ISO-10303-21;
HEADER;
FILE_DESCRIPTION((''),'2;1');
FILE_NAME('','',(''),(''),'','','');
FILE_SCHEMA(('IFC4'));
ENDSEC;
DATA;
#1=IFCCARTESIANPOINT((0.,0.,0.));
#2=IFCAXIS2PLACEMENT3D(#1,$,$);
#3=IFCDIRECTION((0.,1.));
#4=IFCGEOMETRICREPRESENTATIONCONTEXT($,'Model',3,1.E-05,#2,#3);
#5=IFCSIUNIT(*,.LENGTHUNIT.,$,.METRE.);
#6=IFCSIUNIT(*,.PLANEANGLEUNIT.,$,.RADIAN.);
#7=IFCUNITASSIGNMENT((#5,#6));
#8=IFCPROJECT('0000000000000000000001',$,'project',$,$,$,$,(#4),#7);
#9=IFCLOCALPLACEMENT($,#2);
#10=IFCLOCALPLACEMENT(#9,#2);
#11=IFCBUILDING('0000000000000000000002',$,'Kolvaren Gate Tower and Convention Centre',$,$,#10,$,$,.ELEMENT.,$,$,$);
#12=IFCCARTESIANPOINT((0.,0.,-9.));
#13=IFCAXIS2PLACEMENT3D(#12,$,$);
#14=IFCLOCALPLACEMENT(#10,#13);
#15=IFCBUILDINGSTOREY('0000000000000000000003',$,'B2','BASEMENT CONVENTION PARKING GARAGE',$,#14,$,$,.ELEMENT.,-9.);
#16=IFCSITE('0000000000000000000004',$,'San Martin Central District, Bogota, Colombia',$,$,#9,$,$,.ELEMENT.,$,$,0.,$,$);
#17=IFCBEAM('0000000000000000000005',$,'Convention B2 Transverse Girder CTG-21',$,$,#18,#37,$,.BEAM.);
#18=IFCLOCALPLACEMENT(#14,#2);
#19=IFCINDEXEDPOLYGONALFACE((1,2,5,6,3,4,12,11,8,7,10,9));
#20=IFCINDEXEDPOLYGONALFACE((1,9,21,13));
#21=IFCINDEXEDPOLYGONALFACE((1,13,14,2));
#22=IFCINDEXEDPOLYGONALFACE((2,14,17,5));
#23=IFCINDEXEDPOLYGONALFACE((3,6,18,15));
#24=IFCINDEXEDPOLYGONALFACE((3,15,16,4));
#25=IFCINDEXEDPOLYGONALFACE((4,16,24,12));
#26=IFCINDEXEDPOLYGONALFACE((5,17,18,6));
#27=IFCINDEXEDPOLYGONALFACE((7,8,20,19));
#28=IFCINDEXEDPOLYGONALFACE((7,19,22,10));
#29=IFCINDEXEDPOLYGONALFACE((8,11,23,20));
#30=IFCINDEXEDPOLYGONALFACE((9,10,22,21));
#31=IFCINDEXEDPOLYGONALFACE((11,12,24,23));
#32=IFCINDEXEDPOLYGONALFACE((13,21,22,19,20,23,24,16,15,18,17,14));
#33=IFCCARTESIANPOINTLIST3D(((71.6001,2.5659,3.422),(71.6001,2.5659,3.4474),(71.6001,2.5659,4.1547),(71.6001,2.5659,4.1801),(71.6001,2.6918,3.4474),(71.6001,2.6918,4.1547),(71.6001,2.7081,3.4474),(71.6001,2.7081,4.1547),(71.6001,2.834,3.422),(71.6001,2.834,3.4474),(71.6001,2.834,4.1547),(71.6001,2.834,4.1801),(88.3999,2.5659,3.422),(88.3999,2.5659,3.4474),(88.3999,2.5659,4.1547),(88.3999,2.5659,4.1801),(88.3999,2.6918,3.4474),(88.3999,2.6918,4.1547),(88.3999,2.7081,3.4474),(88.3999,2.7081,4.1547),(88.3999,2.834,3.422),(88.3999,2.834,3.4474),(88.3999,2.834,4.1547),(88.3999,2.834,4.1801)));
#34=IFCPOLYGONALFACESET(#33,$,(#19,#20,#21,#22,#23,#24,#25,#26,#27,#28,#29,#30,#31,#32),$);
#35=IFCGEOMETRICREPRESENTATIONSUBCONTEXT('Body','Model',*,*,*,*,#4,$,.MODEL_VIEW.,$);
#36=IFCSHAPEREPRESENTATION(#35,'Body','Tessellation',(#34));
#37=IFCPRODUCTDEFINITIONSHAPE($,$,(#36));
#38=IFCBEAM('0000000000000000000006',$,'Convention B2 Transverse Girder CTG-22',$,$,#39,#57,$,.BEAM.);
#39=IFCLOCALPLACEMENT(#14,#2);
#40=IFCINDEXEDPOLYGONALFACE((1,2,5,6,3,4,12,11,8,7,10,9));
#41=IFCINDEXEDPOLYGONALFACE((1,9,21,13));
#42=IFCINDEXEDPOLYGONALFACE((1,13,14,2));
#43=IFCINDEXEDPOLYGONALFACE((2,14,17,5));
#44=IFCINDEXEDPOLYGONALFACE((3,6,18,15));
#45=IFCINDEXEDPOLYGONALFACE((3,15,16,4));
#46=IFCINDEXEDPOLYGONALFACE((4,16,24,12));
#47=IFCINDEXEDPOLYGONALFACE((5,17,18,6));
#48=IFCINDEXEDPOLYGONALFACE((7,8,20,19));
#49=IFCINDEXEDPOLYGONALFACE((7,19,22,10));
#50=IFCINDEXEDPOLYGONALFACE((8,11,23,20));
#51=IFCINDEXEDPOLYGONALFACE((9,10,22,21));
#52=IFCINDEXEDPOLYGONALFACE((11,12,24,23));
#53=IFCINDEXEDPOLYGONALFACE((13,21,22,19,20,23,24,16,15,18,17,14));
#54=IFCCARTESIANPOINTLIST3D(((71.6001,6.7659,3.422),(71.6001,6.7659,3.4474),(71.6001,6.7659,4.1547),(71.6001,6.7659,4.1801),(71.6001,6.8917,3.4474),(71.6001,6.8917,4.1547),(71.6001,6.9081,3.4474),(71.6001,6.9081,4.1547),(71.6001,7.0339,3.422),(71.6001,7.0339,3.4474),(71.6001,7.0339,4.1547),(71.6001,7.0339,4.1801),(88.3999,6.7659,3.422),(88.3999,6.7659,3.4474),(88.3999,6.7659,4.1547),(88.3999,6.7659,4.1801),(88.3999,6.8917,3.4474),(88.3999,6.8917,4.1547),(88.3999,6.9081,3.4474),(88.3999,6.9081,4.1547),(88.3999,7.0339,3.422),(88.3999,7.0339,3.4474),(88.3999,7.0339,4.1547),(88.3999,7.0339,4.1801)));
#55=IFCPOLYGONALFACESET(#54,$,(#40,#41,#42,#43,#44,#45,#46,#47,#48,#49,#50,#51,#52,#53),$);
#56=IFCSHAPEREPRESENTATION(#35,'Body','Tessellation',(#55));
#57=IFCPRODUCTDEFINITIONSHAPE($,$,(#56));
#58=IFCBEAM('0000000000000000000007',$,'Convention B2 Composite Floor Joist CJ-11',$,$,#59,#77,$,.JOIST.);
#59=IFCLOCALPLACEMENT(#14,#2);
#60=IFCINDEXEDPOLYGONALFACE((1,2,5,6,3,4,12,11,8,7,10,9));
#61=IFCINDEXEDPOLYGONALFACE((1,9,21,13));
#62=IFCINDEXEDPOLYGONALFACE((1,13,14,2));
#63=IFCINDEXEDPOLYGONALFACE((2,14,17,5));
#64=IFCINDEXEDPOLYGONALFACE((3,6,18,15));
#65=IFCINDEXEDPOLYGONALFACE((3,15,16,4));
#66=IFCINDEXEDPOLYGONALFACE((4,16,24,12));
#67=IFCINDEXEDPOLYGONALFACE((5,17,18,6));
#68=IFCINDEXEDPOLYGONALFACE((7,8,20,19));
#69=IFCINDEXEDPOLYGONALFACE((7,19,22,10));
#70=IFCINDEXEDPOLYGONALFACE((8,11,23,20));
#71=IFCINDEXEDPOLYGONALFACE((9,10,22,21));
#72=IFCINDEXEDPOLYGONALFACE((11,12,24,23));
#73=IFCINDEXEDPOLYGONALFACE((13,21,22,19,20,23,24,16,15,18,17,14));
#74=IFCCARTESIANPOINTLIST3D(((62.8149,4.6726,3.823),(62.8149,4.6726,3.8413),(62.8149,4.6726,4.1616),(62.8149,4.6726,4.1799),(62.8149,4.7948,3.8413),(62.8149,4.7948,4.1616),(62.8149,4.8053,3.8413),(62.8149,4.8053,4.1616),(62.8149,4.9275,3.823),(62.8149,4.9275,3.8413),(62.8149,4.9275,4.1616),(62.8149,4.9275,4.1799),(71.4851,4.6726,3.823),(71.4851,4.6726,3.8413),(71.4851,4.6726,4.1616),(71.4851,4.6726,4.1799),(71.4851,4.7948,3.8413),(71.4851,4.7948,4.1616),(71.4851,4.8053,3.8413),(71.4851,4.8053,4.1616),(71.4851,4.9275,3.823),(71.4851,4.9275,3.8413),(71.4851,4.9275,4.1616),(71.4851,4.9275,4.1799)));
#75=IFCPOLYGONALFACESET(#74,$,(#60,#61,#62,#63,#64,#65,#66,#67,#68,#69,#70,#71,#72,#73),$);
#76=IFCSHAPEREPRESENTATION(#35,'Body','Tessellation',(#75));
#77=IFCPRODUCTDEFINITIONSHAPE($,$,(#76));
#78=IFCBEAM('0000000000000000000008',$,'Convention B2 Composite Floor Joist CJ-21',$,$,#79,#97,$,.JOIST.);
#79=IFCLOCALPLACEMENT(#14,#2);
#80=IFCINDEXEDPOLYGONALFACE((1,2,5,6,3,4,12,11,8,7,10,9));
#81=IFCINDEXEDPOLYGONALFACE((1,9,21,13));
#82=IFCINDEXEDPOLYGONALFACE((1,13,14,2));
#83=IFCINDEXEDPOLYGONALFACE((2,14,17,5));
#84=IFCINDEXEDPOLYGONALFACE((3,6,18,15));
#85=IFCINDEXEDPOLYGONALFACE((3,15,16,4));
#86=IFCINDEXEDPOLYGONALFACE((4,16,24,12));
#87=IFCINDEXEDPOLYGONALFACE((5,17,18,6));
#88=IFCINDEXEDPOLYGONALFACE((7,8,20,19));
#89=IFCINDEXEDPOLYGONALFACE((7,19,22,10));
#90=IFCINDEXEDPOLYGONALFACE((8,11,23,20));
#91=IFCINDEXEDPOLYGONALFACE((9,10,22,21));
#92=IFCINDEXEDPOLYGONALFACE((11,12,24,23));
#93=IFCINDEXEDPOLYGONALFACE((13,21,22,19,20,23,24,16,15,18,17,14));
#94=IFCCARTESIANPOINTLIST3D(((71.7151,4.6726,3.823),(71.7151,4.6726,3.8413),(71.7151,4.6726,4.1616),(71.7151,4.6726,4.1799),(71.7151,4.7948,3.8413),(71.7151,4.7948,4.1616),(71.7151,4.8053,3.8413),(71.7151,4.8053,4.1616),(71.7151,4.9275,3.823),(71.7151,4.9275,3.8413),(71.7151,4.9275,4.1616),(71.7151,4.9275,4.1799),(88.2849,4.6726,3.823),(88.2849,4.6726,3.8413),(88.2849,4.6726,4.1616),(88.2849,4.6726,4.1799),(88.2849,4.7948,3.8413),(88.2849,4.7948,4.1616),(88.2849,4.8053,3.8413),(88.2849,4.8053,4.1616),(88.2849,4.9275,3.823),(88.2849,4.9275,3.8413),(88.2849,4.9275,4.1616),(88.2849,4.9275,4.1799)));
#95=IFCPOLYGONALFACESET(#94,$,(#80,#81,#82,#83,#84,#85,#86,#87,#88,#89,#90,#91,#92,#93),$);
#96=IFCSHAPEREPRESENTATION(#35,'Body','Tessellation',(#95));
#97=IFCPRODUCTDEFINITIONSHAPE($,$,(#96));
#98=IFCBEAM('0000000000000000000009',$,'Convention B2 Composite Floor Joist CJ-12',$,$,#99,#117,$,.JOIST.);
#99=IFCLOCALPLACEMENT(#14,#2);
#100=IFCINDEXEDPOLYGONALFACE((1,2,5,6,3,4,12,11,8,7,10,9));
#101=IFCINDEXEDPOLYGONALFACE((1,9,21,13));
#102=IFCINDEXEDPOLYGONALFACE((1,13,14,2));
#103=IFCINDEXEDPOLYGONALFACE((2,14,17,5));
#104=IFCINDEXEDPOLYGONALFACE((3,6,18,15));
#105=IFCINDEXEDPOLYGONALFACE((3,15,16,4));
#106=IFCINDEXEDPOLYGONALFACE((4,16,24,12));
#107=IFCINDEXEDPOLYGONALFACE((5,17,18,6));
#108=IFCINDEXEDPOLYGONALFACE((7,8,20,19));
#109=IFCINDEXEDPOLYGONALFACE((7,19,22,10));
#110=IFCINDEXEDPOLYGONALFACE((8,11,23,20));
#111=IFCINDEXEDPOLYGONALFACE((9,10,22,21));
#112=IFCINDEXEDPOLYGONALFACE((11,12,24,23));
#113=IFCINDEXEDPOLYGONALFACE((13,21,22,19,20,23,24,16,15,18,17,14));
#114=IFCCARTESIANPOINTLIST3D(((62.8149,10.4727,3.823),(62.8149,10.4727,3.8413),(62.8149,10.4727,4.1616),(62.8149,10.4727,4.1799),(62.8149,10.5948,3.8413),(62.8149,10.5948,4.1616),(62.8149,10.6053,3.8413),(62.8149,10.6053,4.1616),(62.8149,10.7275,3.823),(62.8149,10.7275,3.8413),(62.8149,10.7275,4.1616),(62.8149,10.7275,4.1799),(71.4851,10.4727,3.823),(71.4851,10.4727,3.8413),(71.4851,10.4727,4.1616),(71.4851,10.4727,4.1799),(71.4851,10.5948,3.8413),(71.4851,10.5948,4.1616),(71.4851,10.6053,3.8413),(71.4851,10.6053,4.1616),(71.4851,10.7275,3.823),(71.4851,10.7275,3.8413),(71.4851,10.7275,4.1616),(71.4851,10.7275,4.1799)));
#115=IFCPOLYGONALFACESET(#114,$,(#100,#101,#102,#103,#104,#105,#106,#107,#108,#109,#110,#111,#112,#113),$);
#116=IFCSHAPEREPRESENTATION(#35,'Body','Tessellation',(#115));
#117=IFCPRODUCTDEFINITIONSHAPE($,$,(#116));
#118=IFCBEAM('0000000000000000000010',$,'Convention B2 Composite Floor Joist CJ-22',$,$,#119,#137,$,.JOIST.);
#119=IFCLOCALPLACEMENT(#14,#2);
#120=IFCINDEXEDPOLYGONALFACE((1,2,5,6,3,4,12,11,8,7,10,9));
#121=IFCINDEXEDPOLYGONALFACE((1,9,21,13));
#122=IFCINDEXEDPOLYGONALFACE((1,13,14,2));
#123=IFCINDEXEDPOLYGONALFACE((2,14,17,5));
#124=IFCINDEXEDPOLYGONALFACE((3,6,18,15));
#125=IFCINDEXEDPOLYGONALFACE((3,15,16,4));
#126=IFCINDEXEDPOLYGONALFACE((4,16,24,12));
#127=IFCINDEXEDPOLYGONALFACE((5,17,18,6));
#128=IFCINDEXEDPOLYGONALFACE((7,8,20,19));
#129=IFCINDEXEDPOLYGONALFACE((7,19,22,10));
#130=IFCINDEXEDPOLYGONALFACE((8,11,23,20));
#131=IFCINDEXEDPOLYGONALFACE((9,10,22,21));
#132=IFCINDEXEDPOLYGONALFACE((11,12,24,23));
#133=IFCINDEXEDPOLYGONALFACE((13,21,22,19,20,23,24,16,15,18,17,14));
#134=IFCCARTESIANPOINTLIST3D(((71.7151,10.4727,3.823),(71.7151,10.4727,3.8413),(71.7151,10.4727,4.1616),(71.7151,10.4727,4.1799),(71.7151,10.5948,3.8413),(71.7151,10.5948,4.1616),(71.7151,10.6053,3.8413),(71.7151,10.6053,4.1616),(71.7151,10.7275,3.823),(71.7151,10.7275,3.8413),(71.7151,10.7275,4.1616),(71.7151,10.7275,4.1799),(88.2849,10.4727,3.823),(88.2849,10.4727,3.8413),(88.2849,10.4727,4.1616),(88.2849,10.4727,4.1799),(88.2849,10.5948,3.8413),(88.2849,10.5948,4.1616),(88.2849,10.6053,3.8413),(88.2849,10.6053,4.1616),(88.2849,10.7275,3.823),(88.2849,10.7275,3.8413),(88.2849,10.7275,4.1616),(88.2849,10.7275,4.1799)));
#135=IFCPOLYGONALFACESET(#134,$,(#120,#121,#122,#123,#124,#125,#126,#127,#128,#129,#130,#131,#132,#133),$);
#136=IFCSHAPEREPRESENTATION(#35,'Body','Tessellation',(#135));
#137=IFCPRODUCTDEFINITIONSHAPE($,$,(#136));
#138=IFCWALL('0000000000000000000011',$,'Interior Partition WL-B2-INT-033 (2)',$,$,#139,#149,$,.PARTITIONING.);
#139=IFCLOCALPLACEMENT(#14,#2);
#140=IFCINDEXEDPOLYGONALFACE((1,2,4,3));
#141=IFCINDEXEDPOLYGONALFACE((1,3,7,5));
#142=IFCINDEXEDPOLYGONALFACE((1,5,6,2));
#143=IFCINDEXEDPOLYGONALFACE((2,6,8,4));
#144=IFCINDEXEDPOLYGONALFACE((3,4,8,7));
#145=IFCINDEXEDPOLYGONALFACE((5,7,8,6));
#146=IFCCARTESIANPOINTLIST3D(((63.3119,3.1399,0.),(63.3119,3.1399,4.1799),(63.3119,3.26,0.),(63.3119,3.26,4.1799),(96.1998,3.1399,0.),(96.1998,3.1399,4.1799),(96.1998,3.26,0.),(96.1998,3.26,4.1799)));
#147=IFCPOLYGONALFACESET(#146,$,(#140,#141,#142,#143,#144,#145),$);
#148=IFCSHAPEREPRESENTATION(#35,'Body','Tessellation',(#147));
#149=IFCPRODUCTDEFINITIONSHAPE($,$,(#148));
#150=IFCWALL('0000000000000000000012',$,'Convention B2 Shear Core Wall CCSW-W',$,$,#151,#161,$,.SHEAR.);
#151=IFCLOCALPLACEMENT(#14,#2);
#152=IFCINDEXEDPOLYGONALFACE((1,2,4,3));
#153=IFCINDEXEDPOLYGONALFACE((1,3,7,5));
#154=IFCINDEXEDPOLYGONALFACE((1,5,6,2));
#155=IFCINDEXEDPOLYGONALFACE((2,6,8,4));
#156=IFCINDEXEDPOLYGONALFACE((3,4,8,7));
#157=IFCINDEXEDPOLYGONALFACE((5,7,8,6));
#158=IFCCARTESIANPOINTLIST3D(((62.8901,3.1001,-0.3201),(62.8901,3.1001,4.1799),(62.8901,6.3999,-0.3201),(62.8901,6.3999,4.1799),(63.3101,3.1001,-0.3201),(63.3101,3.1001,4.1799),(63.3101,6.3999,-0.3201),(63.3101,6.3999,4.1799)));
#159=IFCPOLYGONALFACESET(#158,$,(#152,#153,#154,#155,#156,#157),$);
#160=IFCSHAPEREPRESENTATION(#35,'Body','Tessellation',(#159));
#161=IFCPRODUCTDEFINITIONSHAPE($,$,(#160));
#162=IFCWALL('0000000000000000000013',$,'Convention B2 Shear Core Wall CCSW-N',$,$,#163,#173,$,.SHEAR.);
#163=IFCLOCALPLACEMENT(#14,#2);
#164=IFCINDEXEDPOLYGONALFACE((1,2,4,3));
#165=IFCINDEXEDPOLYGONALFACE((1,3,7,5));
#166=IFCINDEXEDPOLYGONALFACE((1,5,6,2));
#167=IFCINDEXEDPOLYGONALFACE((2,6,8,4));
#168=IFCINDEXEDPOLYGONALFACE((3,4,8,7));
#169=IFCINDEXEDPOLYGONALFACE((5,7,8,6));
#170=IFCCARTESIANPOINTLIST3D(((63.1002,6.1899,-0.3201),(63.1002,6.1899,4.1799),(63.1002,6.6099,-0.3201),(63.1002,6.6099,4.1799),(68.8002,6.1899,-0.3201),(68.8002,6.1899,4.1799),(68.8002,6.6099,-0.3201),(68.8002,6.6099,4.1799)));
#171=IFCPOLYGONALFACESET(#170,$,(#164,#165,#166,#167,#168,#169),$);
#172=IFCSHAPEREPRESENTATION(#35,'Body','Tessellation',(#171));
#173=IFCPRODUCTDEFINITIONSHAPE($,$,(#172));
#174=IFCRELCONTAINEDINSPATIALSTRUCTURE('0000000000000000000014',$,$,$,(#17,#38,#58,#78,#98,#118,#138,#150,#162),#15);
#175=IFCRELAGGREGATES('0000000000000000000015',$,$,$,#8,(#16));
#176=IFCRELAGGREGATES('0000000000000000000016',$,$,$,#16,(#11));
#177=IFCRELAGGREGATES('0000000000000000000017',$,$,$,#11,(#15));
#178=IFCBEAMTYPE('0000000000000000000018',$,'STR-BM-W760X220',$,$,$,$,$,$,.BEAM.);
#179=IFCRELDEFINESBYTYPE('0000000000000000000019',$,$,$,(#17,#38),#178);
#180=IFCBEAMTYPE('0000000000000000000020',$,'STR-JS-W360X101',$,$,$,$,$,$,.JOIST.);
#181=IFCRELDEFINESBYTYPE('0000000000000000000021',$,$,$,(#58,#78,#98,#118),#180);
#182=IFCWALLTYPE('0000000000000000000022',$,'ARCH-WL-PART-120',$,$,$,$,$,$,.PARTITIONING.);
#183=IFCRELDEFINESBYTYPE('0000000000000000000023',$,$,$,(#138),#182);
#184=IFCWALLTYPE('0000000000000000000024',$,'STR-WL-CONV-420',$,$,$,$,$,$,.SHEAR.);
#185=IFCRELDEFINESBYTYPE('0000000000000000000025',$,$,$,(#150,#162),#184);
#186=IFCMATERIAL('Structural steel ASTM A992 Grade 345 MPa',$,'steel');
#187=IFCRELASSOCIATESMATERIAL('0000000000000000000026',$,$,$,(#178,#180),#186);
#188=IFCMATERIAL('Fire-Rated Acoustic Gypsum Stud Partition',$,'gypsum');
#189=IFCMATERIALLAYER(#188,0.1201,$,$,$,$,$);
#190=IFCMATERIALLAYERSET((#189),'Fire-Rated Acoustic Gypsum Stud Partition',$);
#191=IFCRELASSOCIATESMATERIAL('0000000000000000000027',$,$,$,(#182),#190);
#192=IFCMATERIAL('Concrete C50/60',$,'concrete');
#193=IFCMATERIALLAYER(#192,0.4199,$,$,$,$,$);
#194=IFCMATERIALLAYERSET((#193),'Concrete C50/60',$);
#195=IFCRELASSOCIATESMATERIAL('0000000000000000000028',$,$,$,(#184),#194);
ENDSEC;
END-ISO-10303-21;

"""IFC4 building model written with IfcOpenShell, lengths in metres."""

from ifc_helpers import new_model, si_unit, direction, frame, frame_2d, origin, origin_2d, place, context, subcontext, project, spatial, rectangle, i_section, extrude, material, layer, layer_set, material_profile, profile_set, type_object, element, save


model = new_model("IFC4")

# Units and contexts
model_context = context("Model", 3, precision=1e-05, world=origin(), true_north=direction((0.0, 1.0)))
body_context = subcontext(model_context, "Body", "Model", "MODEL_VIEW")
ifc_project = project(units=[si_unit("LENGTHUNIT", "METRE"), si_unit("PLANEANGLEUNIT", "RADIAN")], contexts=[model_context])

# Site, building, storey
site_placement = place(None, origin())
site = spatial("IfcSite", under=ifc_project, at=site_placement, Name="San Martin Central District, Bogota, Colombia", CompositionType="ELEMENT", RefElevation=0.0)
building_placement = place(site_placement, origin())
building = spatial("IfcBuilding", under=site, at=building_placement, Name="Kolvaren Gate Tower and Convention Centre", CompositionType="ELEMENT")
storey_placement = place(building_placement, frame((0.0, 0.0, -9.0)))
storey = spatial("IfcBuildingStorey", under=building, at=storey_placement, Name="B2", Description="BASEMENT CONVENTION PARKING GARAGE", CompositionType="ELEMENT", Elevation=-9.0)

# Beams
ifc_material_1 = material(Name="Structural steel ASTM A992 Grade 345 MPa", Category="steel")
ifc_material_profile_1 = material_profile(ifc_material_1, i_section(OverallWidth=0.2681, OverallDepth=0.7581, WebThickness=0.0164, FlangeThickness=0.0254, at=origin_2d()), Name="W760X220")
ifc_profile_set_1 = profile_set([ifc_material_profile_1], Name="Structural steel ASTM A992 Grade 345 MPa")
beam_type_1 = type_object("IfcBeamType", Name="STR-BM-W760X220", PredefinedType="BEAM", material=ifc_profile_set_1)
for number, where, z_axis, x_axis, name in (
    (1, (71.6001, 2.7, 3.801), (1.0, 0.0, 0.0), (0.0, 1.0, 0.0), "Convention B2 Transverse Girder CTG-21"),
    (2, (71.6001, 6.8999, 3.801), (1.0, 0.0, 0.0), (0.0, 1.0, 0.0), "Convention B2 Transverse Girder CTG-22"),
):
    element("IfcBeam", number, at=place(storey_placement, frame(where, z_axis=z_axis, x_axis=x_axis)), inside=storey, type_object=beam_type_1, Name=name, PredefinedType="BEAM", context=body_context, shape_type="SweptSolid", body=[
        extrude(i_section(OverallWidth=0.2681, OverallDepth=0.7581, WebThickness=0.0164, FlangeThickness=0.0254, at=origin_2d()), origin(), (0.0, 0.0, 1.0), 16.7998),
    ])
ifc_material_profile_2 = material_profile(ifc_material_1, i_section(OverallWidth=0.2549, OverallDepth=0.3569, WebThickness=0.0105, FlangeThickness=0.0183, at=origin_2d()), Name="W360X101")
ifc_profile_set_2 = profile_set([ifc_material_profile_2], Name="Structural steel ASTM A992 Grade 345 MPa")
beam_type_2 = type_object("IfcBeamType", Name="STR-JS-W360X101", PredefinedType="JOIST", material=ifc_profile_set_2)
beam_1_placement = place(storey_placement, frame((62.8149, 4.8, 4.0015), z_axis=(1.0, 0.0, 0.0), x_axis=(0.0, 1.0, 0.0)))
element("IfcBeam", 3, at=beam_1_placement, inside=storey, type_object=beam_type_2, Name="Convention B2 Composite Floor Joist CJ-11", PredefinedType="JOIST", context=body_context, shape_type="SweptSolid", body=[
    extrude(i_section(OverallWidth=0.2549, OverallDepth=0.3569, WebThickness=0.0105, FlangeThickness=0.0183, at=origin_2d()), origin(), (0.0, 0.0, 1.0), 8.6702),
])
beam_2_placement = place(storey_placement, frame((71.7151, 4.8, 4.0015), z_axis=(1.0, 0.0, 0.0), x_axis=(0.0, 1.0, 0.0)))
element("IfcBeam", 4, at=beam_2_placement, inside=storey, type_object=beam_type_2, Name="Convention B2 Composite Floor Joist CJ-21", PredefinedType="JOIST", context=body_context, shape_type="SweptSolid", body=[
    extrude(i_section(OverallWidth=0.2549, OverallDepth=0.3569, WebThickness=0.0105, FlangeThickness=0.0183, at=origin_2d()), origin(), (0.0, 0.0, 1.0), 16.5698),
])
beam_3_placement = place(storey_placement, frame((62.8149, 10.6001, 4.0015), z_axis=(1.0, 0.0, 0.0), x_axis=(0.0, 1.0, 0.0)))
element("IfcBeam", 5, at=beam_3_placement, inside=storey, type_object=beam_type_2, Name="Convention B2 Composite Floor Joist CJ-12", PredefinedType="JOIST", context=body_context, shape_type="SweptSolid", body=[
    extrude(i_section(OverallWidth=0.2549, OverallDepth=0.3569, WebThickness=0.0105, FlangeThickness=0.0183, at=origin_2d()), origin(), (0.0, 0.0, 1.0), 8.6702),
])
beam_4_placement = place(storey_placement, frame((71.7151, 10.6001, 4.0015), z_axis=(1.0, 0.0, 0.0), x_axis=(0.0, 1.0, 0.0)))
element("IfcBeam", 6, at=beam_4_placement, inside=storey, type_object=beam_type_2, Name="Convention B2 Composite Floor Joist CJ-22", PredefinedType="JOIST", context=body_context, shape_type="SweptSolid", body=[
    extrude(i_section(OverallWidth=0.2549, OverallDepth=0.3569, WebThickness=0.0105, FlangeThickness=0.0183, at=origin_2d()), origin(), (0.0, 0.0, 1.0), 16.5698),
])

# Walls
ifc_material_2 = material(Name="Fire-Rated Acoustic Gypsum Stud Partition", Category="gypsum")
ifc_layer_1 = layer(ifc_material_2, 0.1201)
ifc_layer_set_1 = layer_set([ifc_layer_1], Name="Fire-Rated Acoustic Gypsum Stud Partition")
wall_type_1 = type_object("IfcWallType", Name="ARCH-WL-PART-120", PredefinedType="PARTITIONING", material=ifc_layer_set_1)
wall_1_placement = place(storey_placement, frame((63.312, 3.2, 0.0), z_axis=(0.0, 0.0, 1.0), x_axis=(1.0, 0.0, 0.0)))
element("IfcWall", 7, at=wall_1_placement, inside=storey, type_object=wall_type_1, Name="Interior Partition WL-B2-INT-033 (2)", PredefinedType="PARTITIONING", context=body_context, shape_type="SweptSolid", body=[
    extrude(rectangle(XDim=32.8879, YDim=0.1201, at=frame_2d((16.4438, 0.0))), origin(), (0.0, 0.0, 1.0), 4.1799),
])
ifc_material_3 = material(Name="Concrete C50/60", Category="concrete")
ifc_layer_2 = layer(ifc_material_3, 0.4199)
ifc_layer_set_2 = layer_set([ifc_layer_2], Name="Concrete C50/60")
wall_type_2 = type_object("IfcWallType", Name="STR-WL-CONV-420", PredefinedType="SHEAR", material=ifc_layer_set_2)
wall_2_placement = place(storey_placement, frame((63.1001, 3.1001, -0.3201), z_axis=(0.0, 0.0, 1.0), x_axis=(0.0, 1.0, 0.0)))
element("IfcWall", 8, at=wall_2_placement, inside=storey, type_object=wall_type_2, Name="Convention B2 Shear Core Wall CCSW-W", PredefinedType="SHEAR", context=body_context, shape_type="SweptSolid", body=[
    extrude(rectangle(XDim=3.2998, YDim=0.4199, at=frame_2d((1.6499, 0.0))), origin(), (0.0, 0.0, 1.0), 4.5),
])
wall_3_placement = place(storey_placement, frame((63.1001, 6.3999, -0.3201), z_axis=(0.0, 0.0, 1.0), x_axis=(1.0, 0.0, 0.0)))
element("IfcWall", 9, at=wall_3_placement, inside=storey, type_object=wall_type_2, Name="Convention B2 Shear Core Wall CCSW-N", PredefinedType="SHEAR", context=body_context, shape_type="SweptSolid", body=[
    extrude(rectangle(XDim=5.7, YDim=0.4199, at=frame_2d((2.8501, 0.0))), origin(), (0.0, 0.0, 1.0), 4.5),
])

save(model, "model.ifc")
